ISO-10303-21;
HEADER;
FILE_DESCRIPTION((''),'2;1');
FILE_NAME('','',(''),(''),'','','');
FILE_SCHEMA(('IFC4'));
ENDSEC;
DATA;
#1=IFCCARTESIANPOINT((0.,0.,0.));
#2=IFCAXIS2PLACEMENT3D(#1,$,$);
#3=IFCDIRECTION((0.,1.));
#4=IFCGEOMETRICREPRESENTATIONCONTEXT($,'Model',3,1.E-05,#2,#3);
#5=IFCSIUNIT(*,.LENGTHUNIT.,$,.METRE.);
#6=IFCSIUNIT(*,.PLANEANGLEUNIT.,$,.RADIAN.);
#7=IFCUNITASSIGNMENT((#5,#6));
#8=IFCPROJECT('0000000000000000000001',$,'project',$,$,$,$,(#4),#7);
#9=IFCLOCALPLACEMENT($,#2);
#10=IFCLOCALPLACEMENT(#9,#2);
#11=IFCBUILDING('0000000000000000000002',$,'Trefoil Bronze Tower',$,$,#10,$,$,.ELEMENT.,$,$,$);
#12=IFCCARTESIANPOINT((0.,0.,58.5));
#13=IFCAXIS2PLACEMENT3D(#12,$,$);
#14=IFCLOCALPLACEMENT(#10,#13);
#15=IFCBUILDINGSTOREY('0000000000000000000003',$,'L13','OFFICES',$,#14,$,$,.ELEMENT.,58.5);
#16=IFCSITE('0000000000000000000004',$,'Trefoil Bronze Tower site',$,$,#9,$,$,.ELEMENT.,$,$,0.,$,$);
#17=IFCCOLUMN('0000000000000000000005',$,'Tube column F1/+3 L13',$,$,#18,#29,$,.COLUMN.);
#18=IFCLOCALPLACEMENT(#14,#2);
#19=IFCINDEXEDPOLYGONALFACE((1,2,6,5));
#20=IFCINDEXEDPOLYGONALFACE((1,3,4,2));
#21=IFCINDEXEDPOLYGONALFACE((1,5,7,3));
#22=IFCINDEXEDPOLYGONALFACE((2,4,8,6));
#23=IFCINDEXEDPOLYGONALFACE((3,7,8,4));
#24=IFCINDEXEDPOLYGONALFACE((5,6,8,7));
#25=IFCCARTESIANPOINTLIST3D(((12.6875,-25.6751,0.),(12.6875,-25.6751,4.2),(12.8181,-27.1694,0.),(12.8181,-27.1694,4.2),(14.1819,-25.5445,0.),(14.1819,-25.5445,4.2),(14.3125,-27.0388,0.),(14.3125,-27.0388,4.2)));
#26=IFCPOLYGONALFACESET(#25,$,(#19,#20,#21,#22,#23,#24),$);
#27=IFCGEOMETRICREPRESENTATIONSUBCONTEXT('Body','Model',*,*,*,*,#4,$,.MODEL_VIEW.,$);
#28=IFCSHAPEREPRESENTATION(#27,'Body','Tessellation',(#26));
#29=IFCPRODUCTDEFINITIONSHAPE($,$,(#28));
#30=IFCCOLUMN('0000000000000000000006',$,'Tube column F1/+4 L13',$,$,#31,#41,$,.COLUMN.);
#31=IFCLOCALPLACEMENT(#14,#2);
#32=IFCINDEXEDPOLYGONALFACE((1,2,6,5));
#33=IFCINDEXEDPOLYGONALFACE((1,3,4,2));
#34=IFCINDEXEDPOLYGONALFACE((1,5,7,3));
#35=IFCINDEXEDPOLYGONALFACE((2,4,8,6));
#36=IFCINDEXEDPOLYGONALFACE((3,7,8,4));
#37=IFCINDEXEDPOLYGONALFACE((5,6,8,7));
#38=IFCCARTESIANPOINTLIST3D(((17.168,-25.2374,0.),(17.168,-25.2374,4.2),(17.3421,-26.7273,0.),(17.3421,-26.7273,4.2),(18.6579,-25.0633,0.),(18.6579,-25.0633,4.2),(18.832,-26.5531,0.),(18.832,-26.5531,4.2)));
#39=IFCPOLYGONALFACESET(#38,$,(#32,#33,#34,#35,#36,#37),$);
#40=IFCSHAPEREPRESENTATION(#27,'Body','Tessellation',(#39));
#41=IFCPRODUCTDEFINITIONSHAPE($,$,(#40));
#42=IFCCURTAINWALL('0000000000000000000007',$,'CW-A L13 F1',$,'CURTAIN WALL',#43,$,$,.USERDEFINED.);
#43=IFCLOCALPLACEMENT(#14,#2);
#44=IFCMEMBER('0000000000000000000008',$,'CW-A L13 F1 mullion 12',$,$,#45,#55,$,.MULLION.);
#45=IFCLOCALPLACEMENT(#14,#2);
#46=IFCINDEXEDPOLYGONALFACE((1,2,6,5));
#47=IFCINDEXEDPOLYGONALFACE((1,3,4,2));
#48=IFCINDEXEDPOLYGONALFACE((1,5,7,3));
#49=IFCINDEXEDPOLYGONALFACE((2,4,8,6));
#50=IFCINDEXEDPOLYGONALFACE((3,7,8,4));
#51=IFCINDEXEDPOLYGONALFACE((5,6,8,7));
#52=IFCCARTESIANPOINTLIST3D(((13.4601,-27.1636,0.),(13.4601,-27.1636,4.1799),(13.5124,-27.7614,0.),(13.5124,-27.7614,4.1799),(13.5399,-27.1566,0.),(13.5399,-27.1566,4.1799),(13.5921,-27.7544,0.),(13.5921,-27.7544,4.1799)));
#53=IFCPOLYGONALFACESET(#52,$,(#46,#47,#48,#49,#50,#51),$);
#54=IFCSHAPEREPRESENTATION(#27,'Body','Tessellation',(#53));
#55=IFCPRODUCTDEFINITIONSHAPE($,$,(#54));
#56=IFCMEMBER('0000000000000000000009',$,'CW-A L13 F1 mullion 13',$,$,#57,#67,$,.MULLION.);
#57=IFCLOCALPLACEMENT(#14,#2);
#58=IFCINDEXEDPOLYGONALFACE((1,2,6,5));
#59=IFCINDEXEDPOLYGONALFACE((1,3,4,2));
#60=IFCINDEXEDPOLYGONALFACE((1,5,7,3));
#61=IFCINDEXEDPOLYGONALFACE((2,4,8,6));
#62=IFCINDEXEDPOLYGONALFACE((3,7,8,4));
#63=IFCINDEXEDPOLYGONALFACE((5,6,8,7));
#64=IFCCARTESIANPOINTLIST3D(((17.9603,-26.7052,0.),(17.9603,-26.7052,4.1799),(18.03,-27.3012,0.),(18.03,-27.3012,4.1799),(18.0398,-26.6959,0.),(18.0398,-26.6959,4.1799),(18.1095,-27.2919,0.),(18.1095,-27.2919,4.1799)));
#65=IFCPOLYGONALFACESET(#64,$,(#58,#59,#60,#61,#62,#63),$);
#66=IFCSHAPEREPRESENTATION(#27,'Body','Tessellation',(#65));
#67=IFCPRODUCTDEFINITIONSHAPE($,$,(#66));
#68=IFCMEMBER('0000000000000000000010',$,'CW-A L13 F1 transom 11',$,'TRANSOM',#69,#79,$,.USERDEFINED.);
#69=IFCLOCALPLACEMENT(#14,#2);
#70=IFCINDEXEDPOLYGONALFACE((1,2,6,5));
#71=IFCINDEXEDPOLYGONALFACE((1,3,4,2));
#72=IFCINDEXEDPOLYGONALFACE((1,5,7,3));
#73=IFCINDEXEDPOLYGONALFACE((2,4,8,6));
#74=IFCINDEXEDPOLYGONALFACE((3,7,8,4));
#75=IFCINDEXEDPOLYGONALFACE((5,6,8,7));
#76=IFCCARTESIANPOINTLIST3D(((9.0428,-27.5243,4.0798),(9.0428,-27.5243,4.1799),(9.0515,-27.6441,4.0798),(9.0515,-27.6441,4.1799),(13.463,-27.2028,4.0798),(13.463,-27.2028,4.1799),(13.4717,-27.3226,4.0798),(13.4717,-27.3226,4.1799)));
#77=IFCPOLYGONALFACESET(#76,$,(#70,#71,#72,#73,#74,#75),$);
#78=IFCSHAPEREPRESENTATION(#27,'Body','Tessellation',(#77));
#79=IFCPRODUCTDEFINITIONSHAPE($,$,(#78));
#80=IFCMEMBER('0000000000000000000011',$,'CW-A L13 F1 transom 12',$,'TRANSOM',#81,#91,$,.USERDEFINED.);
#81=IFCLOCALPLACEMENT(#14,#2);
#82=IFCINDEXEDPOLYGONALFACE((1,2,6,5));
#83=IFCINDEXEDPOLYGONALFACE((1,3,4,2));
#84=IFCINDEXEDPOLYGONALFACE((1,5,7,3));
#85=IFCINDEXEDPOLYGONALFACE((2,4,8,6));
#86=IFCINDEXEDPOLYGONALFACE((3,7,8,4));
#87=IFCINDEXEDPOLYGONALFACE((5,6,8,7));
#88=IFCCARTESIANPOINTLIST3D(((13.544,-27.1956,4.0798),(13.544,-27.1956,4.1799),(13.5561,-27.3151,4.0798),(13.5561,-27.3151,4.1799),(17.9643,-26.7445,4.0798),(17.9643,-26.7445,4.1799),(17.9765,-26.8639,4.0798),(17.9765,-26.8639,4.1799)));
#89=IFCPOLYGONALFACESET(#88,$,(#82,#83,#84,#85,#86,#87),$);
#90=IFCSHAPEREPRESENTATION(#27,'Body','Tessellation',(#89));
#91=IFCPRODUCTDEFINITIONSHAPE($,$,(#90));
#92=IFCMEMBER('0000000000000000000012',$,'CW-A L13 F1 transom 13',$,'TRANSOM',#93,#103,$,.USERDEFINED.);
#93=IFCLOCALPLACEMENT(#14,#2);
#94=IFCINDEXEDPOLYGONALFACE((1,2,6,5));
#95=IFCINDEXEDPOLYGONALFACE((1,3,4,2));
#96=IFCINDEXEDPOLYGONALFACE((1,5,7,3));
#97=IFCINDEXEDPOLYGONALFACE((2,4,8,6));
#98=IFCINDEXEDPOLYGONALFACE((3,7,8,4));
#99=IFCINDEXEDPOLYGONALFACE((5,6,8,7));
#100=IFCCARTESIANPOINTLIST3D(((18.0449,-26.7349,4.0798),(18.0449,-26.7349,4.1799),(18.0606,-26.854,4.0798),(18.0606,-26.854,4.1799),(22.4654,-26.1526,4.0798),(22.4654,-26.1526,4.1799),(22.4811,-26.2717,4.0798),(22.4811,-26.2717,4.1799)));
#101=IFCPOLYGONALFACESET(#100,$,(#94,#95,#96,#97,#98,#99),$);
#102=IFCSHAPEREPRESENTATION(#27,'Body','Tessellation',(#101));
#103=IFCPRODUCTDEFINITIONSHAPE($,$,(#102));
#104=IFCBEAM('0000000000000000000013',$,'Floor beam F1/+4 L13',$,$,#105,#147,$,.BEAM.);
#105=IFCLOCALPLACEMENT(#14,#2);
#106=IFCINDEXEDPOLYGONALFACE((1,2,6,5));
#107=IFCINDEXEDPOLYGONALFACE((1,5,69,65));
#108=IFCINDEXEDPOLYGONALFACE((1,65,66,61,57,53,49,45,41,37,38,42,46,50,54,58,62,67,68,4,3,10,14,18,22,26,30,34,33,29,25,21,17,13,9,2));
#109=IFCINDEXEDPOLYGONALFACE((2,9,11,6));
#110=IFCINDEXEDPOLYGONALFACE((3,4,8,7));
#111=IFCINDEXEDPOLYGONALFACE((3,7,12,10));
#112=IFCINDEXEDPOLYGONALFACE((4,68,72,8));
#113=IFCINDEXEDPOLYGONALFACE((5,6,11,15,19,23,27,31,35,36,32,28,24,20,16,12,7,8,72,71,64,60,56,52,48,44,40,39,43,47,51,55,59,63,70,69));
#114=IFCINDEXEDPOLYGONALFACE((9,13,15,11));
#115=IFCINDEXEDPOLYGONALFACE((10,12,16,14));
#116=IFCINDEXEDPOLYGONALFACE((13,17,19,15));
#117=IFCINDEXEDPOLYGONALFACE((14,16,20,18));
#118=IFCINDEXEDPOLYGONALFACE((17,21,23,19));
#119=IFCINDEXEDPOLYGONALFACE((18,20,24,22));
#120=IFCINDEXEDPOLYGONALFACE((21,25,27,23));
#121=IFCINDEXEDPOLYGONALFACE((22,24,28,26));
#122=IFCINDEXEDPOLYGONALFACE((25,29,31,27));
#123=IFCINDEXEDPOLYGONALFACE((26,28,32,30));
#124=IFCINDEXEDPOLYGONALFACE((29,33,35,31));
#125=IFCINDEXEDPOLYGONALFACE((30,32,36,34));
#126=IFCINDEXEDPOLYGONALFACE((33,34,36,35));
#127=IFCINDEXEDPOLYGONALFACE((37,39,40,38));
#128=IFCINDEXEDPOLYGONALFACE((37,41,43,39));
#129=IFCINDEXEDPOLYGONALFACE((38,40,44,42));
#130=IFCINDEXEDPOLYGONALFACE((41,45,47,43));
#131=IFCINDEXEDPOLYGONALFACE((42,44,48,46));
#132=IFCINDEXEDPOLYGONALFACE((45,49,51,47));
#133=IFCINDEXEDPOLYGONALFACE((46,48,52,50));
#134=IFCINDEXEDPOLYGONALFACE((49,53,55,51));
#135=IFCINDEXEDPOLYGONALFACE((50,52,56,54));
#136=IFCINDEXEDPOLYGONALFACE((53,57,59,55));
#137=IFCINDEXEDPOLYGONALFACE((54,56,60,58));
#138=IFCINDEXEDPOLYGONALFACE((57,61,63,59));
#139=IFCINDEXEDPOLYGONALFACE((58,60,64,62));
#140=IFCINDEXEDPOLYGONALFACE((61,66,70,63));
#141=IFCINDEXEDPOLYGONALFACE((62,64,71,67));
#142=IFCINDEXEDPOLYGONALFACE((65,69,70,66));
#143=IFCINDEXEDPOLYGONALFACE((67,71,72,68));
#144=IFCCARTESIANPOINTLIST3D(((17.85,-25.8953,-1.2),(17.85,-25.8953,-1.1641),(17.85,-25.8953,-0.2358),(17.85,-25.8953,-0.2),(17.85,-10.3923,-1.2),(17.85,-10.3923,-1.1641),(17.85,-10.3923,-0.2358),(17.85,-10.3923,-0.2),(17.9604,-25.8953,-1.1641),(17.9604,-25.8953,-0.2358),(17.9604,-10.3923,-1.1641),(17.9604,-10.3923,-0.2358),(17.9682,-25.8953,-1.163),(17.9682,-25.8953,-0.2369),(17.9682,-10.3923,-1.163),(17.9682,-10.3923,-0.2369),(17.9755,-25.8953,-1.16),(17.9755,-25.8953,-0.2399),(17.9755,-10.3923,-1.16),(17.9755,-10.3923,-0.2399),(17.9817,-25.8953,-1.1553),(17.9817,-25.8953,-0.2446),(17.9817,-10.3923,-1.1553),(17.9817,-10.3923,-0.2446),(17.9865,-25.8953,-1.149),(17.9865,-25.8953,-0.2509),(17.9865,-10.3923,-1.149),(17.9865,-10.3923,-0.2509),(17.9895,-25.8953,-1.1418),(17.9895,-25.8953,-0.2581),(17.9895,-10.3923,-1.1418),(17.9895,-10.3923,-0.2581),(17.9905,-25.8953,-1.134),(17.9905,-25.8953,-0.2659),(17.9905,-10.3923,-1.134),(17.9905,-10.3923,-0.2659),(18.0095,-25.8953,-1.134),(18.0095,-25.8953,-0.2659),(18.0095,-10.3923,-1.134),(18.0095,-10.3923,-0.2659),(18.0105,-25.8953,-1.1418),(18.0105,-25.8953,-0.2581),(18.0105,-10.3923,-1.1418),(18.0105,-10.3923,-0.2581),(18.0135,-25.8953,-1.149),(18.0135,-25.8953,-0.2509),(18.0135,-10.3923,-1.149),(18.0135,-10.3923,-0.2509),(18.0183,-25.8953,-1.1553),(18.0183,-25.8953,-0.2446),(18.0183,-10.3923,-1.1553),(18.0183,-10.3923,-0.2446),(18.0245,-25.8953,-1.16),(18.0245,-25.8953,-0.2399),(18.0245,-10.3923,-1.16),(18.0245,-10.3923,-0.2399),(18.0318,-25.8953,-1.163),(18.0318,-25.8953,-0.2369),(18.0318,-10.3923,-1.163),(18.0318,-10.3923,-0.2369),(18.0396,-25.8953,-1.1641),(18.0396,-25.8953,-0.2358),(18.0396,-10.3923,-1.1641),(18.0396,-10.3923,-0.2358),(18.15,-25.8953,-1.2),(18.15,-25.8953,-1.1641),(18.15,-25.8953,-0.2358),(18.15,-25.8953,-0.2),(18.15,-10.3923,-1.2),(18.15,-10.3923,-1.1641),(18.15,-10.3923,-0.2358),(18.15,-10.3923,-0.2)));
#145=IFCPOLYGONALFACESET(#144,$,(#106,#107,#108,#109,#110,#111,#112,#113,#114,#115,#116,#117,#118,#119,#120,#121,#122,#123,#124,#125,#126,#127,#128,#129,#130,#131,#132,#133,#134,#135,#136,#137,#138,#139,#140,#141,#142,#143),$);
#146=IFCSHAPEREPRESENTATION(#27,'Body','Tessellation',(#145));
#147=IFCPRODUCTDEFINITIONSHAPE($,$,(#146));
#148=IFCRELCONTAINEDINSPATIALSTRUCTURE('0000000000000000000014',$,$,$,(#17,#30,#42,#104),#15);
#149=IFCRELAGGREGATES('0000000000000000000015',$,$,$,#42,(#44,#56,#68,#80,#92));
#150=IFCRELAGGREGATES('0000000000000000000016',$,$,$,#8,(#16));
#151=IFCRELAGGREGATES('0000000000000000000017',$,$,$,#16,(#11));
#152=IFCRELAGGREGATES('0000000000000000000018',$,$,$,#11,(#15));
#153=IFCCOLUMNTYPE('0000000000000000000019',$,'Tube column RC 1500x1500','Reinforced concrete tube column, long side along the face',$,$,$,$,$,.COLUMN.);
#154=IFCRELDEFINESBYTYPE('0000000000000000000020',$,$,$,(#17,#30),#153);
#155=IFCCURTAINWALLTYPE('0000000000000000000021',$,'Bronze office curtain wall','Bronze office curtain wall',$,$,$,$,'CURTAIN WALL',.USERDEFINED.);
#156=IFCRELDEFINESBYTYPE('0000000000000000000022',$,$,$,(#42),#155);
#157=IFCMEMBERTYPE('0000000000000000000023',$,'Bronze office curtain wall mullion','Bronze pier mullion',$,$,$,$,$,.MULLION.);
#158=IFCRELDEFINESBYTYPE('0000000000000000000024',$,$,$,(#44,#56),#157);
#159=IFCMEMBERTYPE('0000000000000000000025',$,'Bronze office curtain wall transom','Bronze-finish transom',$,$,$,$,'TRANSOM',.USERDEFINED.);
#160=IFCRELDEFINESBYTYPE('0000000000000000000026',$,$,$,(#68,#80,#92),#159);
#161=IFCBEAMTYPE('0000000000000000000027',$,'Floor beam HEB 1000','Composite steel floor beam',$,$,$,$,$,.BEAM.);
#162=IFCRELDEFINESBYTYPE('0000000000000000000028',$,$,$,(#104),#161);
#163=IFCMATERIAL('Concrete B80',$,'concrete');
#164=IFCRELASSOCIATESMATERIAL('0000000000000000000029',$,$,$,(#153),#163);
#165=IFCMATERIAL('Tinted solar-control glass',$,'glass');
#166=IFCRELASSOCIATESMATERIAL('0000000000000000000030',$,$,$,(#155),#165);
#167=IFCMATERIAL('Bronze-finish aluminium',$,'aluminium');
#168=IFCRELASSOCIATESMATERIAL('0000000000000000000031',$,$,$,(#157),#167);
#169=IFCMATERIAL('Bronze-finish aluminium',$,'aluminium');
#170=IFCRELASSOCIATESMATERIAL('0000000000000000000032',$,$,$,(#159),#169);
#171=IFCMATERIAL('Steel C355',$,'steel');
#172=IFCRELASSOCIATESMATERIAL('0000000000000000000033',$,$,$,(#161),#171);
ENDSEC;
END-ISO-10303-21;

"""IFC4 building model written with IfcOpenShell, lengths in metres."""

from ifc_helpers import new_model, si_unit, direction, frame, origin, origin_2d, place, context, subcontext, project, spatial, rectangle, i_section, extrude, material, material_profile, profile_set, type_object, element, aggregate, save


model = new_model("IFC4")

# Units and contexts
model_context = context("Model", 3, precision=1e-05, world=origin(), true_north=direction((0.0, 1.0)))
body_context = subcontext(model_context, "Body", "Model", "MODEL_VIEW")
ifc_project = project(units=[si_unit("LENGTHUNIT", "METRE"), si_unit("PLANEANGLEUNIT", "RADIAN")], contexts=[model_context])

# Site, building, storey
site_placement = place(None, origin())
site = spatial("IfcSite", under=ifc_project, at=site_placement, Name="Trefoil Bronze Tower site", CompositionType="ELEMENT", RefElevation=0.0)
building_placement = place(site_placement, origin())
building = spatial("IfcBuilding", under=site, at=building_placement, Name="Trefoil Bronze Tower", CompositionType="ELEMENT")
storey_placement = place(building_placement, frame((0.0, 0.0, 58.5)))
storey = spatial("IfcBuildingStorey", under=building, at=storey_placement, Name="L13", Description="OFFICES", CompositionType="ELEMENT", Elevation=58.5)

# Columns
ifc_material_1 = material(Name="Concrete B80", Category="concrete")
ifc_material_profile_1 = material_profile(ifc_material_1, rectangle(XDim=1.5, YDim=1.5, at=origin_2d()), Name="RC 1500x1500")
ifc_profile_set_1 = profile_set([ifc_material_profile_1], Name="Concrete B80")
column_type = type_object("IfcColumnType", Name="Tube column RC 1500x1500", Description="Reinforced concrete tube column, long side along the face", PredefinedType="COLUMN", material=ifc_profile_set_1)
for number, where, z_axis, x_axis, name in (
    (1, (13.5, -26.3569, 0.0), (0.0, 0.0, 1.0), (0.996203, 0.087065, 0.0), "Tube column F1/+3 L13"),
    (2, (18.0, -25.8953, 0.0), (0.0, 0.0, 1.0), (0.993239, 0.116087, 0.0), "Tube column F1/+4 L13"),
):
    element("IfcColumn", number, at=place(storey_placement, frame(where, z_axis=z_axis, x_axis=x_axis)), inside=storey, type_object=column_type, Name=name, PredefinedType="COLUMN", context=body_context, shape_type="SweptSolid", body=[
        extrude(rectangle(XDim=1.5, YDim=1.5, at=origin_2d()), origin(), (0.0, 0.0, 1.0), 4.2),
    ])

# Curtain wall, members
ifc_material_2 = material(Name="Tinted solar-control glass", Category="glass")
curtain_wall_type = type_object("IfcCurtainWallType", Name="Bronze office curtain wall", Description="Bronze office curtain wall", ElementType="CURTAIN WALL", PredefinedType="USERDEFINED", material=ifc_material_2)
curtain_wall_placement = place(storey_placement, origin())
curtain_wall = element("IfcCurtainWall", 3, at=curtain_wall_placement, inside=storey, type_object=curtain_wall_type, Name="CW-A L13 F1", ObjectType="CURTAIN WALL", PredefinedType="USERDEFINED")
ifc_material_3 = material(Name="Bronze-finish aluminium", Category="aluminium")
ifc_material_profile_2 = material_profile(ifc_material_3, rectangle(XDim=0.6001, YDim=0.0801, at=origin_2d()), Name="CW-A mullion")
ifc_profile_set_2 = profile_set([ifc_material_profile_2], Name="Bronze-finish aluminium")
member_type_1 = type_object("IfcMemberType", Name="Bronze office curtain wall mullion", Description="Bronze pier mullion", PredefinedType="MULLION", material=ifc_profile_set_2)
member_1_placement = place(storey_placement, frame((13.5261, -27.459, 0.0), z_axis=(0.0, 0.0, 1.0), x_axis=(-0.087065, 0.996203, 0.0)))
member_1 = element("IfcMember", 4, at=member_1_placement, type_object=member_type_1, Name="CW-A L13 F1 mullion 12", PredefinedType="MULLION", context=body_context, shape_type="SweptSolid", body=[
    extrude(rectangle(XDim=0.6001, YDim=0.0801, at=origin_2d()), origin(), (0.0, 0.0, 1.0), 4.1799),
])
member_2_placement = place(storey_placement, frame((18.0349, -26.9985, 0.0), z_axis=(0.0, 0.0, 1.0), x_axis=(-0.116087, 0.993239, 0.0)))
member_2 = element("IfcMember", 5, at=member_2_placement, type_object=member_type_1, Name="CW-A L13 F1 mullion 13", PredefinedType="MULLION", context=body_context, shape_type="SweptSolid", body=[
    extrude(rectangle(XDim=0.6001, YDim=0.0801, at=origin_2d()), origin(), (0.0, 0.0, 1.0), 4.1799),
])
ifc_material_4 = material(Name="Bronze-finish aluminium", Category="aluminium")
ifc_material_profile_3 = material_profile(ifc_material_4, rectangle(XDim=0.1201, YDim=0.1001, at=origin_2d()), Name="CW-A transom")
ifc_profile_set_3 = profile_set([ifc_material_profile_3], Name="Bronze-finish aluminium")
member_type_2 = type_object("IfcMemberType", Name="Bronze office curtain wall transom", Description="Bronze-finish transom", ElementType="TRANSOM", PredefinedType="USERDEFINED", material=ifc_profile_set_3)
member_3_placement = place(storey_placement, frame((9.0471, -27.5842, 4.1299), z_axis=(0.997365, 0.072551, 0.0), x_axis=(-0.072551, 0.997365, 0.0)))
member_3 = element("IfcMember", 6, at=member_3_placement, type_object=member_type_2, Name="CW-A L13 F1 transom 11", ObjectType="TRANSOM", PredefinedType="USERDEFINED", context=body_context, shape_type="SweptSolid", body=[
    extrude(rectangle(XDim=0.1201, YDim=0.1001, at=origin_2d()), origin(), (0.0, 0.0, 1.0), 4.4319),
])
member_4_placement = place(storey_placement, frame((13.55, -27.2554, 4.1299), z_axis=(0.994832, 0.101538, 0.0), x_axis=(-0.101538, 0.994832, 0.0)))
member_4 = element("IfcMember", 7, at=member_4_placement, type_object=member_type_2, Name="CW-A L13 F1 transom 12", ObjectType="TRANSOM", PredefinedType="USERDEFINED", context=body_context, shape_type="SweptSolid", body=[
    extrude(rectangle(XDim=0.1201, YDim=0.1001, at=origin_2d()), origin(), (0.0, 0.0, 1.0), 4.4434),
])
member_5_placement = place(storey_placement, frame((18.0527, -26.7944, 4.1299), z_axis=(0.991437, 0.130589, 0.0), x_axis=(-0.130589, 0.991437, 0.0)))
member_5 = element("IfcMember", 8, at=member_5_placement, type_object=member_type_2, Name="CW-A L13 F1 transom 13", ObjectType="TRANSOM", PredefinedType="USERDEFINED", context=body_context, shape_type="SweptSolid", body=[
    extrude(rectangle(XDim=0.1201, YDim=0.1001, at=origin_2d()), origin(), (0.0, 0.0, 1.0), 4.4587),
])

# Beam
ifc_material_5 = material(Name="Steel C355", Category="steel")
ifc_material_profile_4 = material_profile(ifc_material_5, i_section(OverallWidth=0.3, OverallDepth=1.0, WebThickness=0.019, FlangeThickness=0.0359, FilletRadius=0.03, at=origin_2d()), Name="HEB 1000")
ifc_profile_set_4 = profile_set([ifc_material_profile_4], Name="Steel C355")
beam_type_1 = type_object("IfcBeamType", Name="Floor beam HEB 1000", Description="Composite steel floor beam", PredefinedType="BEAM", material=ifc_profile_set_4)
beam_1_placement = place(storey_placement, frame((18.0, -25.8953, -0.7), z_axis=(0.0, 1.0, 0.0), x_axis=(-1.0, 0.0, 0.0)))
element("IfcBeam", 9, at=beam_1_placement, inside=storey, type_object=beam_type_1, Name="Floor beam F1/+4 L13", PredefinedType="BEAM", context=body_context, shape_type="SweptSolid", body=[
    extrude(i_section(OverallWidth=0.3, OverallDepth=1.0, WebThickness=0.019, FlangeThickness=0.0359, FilletRadius=0.03, at=origin_2d()), origin(), (0.0, 0.0, 1.0), 15.5029),
])

aggregate(curtain_wall, [member_1, member_2, member_3, member_4, member_5])

save(model, "model.ifc")
